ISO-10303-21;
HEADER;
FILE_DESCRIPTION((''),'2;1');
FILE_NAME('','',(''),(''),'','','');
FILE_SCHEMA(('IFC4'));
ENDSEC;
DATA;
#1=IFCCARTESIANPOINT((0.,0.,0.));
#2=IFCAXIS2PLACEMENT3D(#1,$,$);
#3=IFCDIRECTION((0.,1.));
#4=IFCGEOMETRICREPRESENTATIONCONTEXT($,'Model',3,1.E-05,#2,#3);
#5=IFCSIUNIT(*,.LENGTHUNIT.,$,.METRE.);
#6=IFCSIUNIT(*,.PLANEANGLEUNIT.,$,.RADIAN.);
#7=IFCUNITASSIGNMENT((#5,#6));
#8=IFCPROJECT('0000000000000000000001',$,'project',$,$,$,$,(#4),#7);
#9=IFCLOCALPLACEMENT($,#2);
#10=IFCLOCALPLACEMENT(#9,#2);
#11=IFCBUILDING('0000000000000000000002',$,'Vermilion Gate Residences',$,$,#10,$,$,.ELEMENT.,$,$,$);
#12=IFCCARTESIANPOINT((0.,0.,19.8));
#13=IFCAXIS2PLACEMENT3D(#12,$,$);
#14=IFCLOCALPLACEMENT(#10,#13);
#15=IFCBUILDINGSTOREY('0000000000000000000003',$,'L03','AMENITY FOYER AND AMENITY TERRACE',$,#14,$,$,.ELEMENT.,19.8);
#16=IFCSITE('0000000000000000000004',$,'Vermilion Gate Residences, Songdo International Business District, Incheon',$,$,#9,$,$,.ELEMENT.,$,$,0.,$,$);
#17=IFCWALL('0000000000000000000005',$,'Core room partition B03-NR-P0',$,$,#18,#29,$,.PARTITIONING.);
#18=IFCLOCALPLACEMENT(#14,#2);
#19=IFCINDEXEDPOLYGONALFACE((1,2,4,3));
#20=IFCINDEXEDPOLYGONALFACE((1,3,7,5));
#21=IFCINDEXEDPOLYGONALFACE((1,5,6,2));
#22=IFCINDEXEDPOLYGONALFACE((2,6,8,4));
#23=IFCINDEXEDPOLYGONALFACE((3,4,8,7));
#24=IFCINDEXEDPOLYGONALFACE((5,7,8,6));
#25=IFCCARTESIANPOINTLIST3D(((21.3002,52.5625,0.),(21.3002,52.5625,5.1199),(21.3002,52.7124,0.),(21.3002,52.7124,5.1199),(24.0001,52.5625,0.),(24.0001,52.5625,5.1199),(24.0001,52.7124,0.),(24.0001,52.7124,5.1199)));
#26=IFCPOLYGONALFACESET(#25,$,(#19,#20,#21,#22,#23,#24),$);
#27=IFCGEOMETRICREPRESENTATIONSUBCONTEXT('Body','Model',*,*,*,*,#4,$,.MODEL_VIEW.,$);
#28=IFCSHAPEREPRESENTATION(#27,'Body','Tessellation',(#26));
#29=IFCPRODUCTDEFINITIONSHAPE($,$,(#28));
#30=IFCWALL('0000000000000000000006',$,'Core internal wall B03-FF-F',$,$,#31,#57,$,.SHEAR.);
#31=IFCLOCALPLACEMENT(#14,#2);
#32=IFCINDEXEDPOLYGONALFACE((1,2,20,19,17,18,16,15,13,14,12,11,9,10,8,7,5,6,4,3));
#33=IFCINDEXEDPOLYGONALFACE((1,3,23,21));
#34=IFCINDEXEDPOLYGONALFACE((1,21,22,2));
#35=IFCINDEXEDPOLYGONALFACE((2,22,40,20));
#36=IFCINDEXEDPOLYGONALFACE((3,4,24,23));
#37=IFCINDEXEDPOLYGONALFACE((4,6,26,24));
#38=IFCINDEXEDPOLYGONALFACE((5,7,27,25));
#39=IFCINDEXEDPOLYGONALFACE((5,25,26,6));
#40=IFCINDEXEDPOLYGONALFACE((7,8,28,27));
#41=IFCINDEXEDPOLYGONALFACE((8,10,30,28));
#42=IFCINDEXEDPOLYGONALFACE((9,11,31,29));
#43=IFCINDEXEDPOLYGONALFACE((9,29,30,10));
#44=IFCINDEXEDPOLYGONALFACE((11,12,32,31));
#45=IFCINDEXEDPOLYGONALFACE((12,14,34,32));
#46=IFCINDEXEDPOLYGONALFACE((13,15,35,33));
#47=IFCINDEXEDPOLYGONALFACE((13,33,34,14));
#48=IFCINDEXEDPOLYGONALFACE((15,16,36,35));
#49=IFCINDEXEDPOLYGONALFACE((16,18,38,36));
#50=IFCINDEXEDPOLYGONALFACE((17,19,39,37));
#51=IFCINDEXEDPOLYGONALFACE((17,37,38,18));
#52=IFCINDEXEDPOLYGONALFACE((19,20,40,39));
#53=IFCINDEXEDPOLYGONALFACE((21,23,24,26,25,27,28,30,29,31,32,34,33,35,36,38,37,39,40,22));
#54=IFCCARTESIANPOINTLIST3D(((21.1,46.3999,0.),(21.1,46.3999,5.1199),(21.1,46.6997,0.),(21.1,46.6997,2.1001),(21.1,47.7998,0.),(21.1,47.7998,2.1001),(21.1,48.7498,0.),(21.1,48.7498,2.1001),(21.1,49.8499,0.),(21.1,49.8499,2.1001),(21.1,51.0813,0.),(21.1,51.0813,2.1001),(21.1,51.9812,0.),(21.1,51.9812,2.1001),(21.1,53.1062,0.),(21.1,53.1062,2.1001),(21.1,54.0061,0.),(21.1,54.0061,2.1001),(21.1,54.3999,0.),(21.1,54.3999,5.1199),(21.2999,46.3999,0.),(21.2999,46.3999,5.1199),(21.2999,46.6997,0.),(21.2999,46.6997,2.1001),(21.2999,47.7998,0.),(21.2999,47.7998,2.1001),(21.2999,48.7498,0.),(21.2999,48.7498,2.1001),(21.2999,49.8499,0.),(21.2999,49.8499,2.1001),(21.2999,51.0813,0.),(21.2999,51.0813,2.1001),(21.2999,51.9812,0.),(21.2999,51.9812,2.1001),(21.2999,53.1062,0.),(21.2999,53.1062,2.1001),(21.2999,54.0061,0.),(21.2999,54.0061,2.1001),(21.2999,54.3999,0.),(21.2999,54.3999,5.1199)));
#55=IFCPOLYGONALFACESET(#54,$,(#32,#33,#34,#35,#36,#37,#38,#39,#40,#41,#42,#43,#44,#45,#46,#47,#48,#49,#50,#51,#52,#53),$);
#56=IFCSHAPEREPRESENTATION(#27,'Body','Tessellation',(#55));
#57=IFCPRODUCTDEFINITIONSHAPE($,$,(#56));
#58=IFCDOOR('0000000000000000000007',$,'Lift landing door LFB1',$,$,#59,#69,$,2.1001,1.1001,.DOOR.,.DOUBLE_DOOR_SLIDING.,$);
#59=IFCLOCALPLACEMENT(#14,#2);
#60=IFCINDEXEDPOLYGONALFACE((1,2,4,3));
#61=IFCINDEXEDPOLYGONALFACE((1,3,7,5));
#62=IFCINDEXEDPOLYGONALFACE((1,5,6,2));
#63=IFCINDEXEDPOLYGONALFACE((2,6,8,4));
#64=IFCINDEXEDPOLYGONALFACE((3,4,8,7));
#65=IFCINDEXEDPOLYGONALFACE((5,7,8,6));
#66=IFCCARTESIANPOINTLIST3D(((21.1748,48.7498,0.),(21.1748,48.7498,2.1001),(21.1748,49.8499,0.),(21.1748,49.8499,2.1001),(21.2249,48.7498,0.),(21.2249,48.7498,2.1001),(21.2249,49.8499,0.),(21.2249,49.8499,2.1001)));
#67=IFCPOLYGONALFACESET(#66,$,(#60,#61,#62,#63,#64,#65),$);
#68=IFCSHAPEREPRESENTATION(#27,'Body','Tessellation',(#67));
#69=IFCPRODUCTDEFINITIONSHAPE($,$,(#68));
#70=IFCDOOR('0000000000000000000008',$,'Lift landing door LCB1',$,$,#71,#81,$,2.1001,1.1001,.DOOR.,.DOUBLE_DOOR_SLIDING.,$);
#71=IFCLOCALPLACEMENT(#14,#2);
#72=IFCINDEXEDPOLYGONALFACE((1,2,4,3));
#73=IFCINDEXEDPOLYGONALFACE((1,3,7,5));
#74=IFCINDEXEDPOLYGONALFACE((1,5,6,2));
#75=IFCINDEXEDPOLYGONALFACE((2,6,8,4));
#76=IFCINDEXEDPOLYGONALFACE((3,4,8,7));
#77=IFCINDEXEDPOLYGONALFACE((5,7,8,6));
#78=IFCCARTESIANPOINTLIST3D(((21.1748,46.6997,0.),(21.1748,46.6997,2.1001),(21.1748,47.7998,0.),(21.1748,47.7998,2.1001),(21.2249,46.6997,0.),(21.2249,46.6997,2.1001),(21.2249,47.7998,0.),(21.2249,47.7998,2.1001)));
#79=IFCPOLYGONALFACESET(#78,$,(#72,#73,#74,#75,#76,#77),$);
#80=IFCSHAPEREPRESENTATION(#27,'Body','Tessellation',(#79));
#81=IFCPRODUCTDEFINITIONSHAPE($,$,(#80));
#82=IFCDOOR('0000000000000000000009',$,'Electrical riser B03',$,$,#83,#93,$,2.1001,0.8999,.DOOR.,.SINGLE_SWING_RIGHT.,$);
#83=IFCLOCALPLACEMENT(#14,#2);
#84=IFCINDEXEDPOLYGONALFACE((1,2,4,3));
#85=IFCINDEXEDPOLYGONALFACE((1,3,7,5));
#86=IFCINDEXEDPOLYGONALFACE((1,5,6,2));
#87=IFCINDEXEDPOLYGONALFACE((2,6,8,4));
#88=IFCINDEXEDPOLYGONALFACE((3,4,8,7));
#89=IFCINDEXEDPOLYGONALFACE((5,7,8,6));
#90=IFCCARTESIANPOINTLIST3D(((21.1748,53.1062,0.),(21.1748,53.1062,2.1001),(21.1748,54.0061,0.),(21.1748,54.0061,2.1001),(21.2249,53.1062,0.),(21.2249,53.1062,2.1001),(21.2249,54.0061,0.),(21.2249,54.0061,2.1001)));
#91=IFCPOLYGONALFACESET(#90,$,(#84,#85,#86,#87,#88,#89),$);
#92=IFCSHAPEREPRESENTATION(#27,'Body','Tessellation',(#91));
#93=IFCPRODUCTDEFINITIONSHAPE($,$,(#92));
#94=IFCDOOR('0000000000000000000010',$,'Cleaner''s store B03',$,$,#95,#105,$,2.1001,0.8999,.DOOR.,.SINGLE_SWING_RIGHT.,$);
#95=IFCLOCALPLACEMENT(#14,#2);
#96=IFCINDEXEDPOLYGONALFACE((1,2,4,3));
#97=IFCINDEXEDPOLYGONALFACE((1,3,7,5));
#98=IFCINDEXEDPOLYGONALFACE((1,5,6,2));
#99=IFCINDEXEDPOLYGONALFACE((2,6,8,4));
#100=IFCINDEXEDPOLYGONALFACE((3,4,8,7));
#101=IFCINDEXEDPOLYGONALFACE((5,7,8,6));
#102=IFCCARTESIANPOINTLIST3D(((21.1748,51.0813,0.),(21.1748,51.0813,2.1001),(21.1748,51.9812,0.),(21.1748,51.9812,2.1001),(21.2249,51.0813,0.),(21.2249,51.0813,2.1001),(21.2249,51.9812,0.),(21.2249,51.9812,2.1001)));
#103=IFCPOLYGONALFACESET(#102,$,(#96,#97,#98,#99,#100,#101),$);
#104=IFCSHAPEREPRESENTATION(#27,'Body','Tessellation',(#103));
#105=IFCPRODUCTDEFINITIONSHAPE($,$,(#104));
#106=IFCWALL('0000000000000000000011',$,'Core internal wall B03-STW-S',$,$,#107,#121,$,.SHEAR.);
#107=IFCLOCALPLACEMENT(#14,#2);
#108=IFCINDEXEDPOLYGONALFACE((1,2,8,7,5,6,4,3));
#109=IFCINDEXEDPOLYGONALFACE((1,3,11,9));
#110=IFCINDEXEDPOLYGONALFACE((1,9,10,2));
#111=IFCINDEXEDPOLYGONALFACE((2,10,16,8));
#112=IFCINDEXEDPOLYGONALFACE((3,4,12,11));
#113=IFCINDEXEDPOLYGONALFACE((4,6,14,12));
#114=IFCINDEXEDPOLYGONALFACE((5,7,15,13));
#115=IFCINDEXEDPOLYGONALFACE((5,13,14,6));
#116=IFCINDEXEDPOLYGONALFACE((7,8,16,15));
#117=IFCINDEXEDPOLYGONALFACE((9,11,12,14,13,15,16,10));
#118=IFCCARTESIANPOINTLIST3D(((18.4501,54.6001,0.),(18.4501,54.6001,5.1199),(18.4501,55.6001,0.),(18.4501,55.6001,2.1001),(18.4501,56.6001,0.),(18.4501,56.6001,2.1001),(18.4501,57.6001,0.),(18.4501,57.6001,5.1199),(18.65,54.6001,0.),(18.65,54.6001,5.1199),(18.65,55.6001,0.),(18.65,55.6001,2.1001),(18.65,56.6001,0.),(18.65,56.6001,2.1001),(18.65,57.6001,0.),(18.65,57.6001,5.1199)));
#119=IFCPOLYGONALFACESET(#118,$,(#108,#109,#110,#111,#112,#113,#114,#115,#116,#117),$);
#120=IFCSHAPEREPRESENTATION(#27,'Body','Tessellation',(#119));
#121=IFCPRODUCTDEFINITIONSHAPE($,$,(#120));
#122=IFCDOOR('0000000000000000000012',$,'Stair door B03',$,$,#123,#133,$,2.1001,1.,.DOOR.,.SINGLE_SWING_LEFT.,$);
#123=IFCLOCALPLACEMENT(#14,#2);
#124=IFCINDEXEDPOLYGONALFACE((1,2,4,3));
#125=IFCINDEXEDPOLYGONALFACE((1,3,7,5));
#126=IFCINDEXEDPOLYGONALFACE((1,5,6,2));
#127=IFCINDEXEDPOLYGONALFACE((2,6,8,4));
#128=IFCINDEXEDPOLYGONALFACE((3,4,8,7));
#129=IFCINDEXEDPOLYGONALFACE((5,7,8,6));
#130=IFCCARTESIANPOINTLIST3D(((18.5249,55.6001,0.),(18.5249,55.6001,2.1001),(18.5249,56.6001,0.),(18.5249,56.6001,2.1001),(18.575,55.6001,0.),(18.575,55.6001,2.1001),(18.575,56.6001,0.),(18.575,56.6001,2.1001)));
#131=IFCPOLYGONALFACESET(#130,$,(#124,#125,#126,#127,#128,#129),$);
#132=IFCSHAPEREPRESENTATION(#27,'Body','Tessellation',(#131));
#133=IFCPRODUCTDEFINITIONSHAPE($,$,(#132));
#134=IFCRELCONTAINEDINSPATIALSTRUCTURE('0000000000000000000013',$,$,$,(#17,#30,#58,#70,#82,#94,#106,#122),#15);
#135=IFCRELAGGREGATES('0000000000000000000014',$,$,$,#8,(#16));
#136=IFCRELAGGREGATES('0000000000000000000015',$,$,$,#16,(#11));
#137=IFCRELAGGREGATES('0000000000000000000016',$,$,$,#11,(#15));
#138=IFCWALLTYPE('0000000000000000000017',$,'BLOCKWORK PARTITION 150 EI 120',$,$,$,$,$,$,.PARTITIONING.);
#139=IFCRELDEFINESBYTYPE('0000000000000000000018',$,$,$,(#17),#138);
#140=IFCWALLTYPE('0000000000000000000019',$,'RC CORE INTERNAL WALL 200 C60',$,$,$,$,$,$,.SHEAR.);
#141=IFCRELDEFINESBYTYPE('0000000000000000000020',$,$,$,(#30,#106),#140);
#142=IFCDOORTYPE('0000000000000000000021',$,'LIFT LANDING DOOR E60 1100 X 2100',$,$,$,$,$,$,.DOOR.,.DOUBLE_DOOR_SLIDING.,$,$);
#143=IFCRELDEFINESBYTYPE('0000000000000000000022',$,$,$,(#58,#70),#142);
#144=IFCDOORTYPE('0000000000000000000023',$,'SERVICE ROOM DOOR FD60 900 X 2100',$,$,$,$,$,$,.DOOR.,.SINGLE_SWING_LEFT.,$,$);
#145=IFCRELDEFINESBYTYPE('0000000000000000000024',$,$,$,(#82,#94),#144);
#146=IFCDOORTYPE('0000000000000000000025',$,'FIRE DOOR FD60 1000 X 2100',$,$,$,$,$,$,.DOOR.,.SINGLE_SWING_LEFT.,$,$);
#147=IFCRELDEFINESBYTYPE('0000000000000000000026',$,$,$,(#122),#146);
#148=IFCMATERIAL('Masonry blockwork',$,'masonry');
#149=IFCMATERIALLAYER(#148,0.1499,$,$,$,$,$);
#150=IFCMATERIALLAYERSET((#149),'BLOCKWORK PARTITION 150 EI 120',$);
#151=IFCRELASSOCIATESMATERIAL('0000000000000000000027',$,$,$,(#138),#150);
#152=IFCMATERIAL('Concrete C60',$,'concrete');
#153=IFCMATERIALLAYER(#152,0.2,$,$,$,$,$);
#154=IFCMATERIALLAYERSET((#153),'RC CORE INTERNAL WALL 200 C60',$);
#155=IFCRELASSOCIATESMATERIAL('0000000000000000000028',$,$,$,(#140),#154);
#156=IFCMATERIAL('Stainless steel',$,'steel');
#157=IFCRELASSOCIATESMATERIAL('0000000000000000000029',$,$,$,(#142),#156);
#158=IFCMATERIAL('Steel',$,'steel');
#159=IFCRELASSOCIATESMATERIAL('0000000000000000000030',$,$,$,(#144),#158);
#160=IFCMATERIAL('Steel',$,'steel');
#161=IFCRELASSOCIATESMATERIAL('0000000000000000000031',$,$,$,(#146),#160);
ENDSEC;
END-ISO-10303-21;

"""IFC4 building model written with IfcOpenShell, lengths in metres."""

from ifc_helpers import new_model, si_unit, direction, frame, frame_2d, origin, place, context, subcontext, project, spatial, rectangle, extrude, material, layer, layer_set, type_object, element, fill, save


model = new_model("IFC4")

# Units and contexts
model_context = context("Model", 3, precision=1e-05, world=origin(), true_north=direction((0.0, 1.0)))
body_context = subcontext(model_context, "Body", "Model", "MODEL_VIEW")
ifc_project = project(units=[si_unit("LENGTHUNIT", "METRE"), si_unit("PLANEANGLEUNIT", "RADIAN")], contexts=[model_context])

# Site, building, storey
site_placement = place(None, origin())
site = spatial("IfcSite", under=ifc_project, at=site_placement, Name="Vermilion Gate Residences, Songdo International Business District, Incheon", CompositionType="ELEMENT", RefElevation=0.0)
building_placement = place(site_placement, origin())
building = spatial("IfcBuilding", under=site, at=building_placement, Name="Vermilion Gate Residences", CompositionType="ELEMENT")
storey_placement = place(building_placement, frame((0.0, 0.0, 19.8)))
storey = spatial("IfcBuildingStorey", under=building, at=storey_placement, Name="L03", Description="AMENITY FOYER AND AMENITY TERRACE", CompositionType="ELEMENT", Elevation=19.8)

# Wall
ifc_material_1 = material(Name="Masonry blockwork", Category="masonry")
ifc_layer_1 = layer(ifc_material_1, 0.1499)
ifc_layer_set_1 = layer_set([ifc_layer_1], Name="BLOCKWORK PARTITION 150 EI 120")
wall_type_1 = type_object("IfcWallType", Name="BLOCKWORK PARTITION 150 EI 120", PredefinedType="PARTITIONING", material=ifc_layer_set_1)
wall_1_placement = place(storey_placement, frame((21.3, 52.6375, 0.0), z_axis=(0.0, 0.0, 1.0), x_axis=(1.0, 0.0, 0.0)))
element("IfcWall", 1, at=wall_1_placement, inside=storey, type_object=wall_type_1, Name="Core room partition B03-NR-P0", PredefinedType="PARTITIONING", context=body_context, shape_type="SweptSolid", body=[
    extrude(rectangle(XDim=2.7, YDim=0.1499, at=frame_2d((1.3501, 0.0))), origin(), (0.0, 0.0, 1.0), 5.1199),
])

# Wall, openings, doors
ifc_material_2 = material(Name="Concrete C60", Category="concrete")
ifc_layer_2 = layer(ifc_material_2, 0.2)
ifc_layer_set_2 = layer_set([ifc_layer_2], Name="RC CORE INTERNAL WALL 200 C60")
wall_type_2 = type_object("IfcWallType", Name="RC CORE INTERNAL WALL 200 C60", PredefinedType="SHEAR", material=ifc_layer_set_2)
wall_2_placement = place(storey_placement, frame((21.2, 54.3999, 0.0), z_axis=(0.0, 0.0, 1.0), x_axis=(0.0, -1.0, 0.0)))
wall_2 = element("IfcWall", 2, at=wall_2_placement, inside=storey, type_object=wall_type_2, Name="Core internal wall B03-FF-F", PredefinedType="SHEAR", context=body_context, shape_type="SweptSolid", body=[
    extrude(rectangle(XDim=8.0, YDim=0.2, at=frame_2d((4.0, 0.0))), origin(), (0.0, 0.0, 1.0), 5.1199),
])
opening_1_placement = place(wall_2_placement, frame((0.3938, 0.0, 0.0)))
opening_1 = element("IfcOpeningElement", 3, at=opening_1_placement, cuts=wall_2, PredefinedType="OPENING", context=body_context, shape_type="SweptSolid", body=[
    extrude(rectangle(XDim=0.8999, YDim=2.1001, at=frame_2d((0.45, 1.05))), frame((0.0, 0.1099, 0.0), z_axis=(0.0, -1.0, 0.0), x_axis=(1.0, 0.0, 0.0)), (0.0, 0.0, 1.0), 0.22),
])
opening_2_placement = place(wall_2_placement, frame((2.4187, 0.0, 0.0)))
opening_2 = element("IfcOpeningElement", 4, at=opening_2_placement, cuts=wall_2, PredefinedType="OPENING", context=body_context, shape_type="SweptSolid", body=[
    extrude(rectangle(XDim=0.8999, YDim=2.1001, at=frame_2d((0.45, 1.05))), frame((0.0, 0.1099, 0.0), z_axis=(0.0, -1.0, 0.0), x_axis=(1.0, 0.0, 0.0)), (0.0, 0.0, 1.0), 0.22),
])
opening_3_placement = place(wall_2_placement, frame((4.55, 0.0, 0.0)))
opening_3 = element("IfcOpeningElement", 5, at=opening_3_placement, cuts=wall_2, PredefinedType="OPENING", context=body_context, shape_type="SweptSolid", body=[
    extrude(rectangle(XDim=1.1001, YDim=2.1001, at=frame_2d((0.55, 1.05))), frame((0.0, 0.1099, 0.0), z_axis=(0.0, -1.0, 0.0), x_axis=(1.0, 0.0, 0.0)), (0.0, 0.0, 1.0), 0.22),
])
opening_4_placement = place(wall_2_placement, frame((6.6001, 0.0, 0.0)))
opening_4 = element("IfcOpeningElement", 6, at=opening_4_placement, cuts=wall_2, PredefinedType="OPENING", context=body_context, shape_type="SweptSolid", body=[
    extrude(rectangle(XDim=1.1001, YDim=2.1001, at=frame_2d((0.55, 1.05))), frame((0.0, 0.1099, 0.0), z_axis=(0.0, -1.0, 0.0), x_axis=(1.0, 0.0, 0.0)), (0.0, 0.0, 1.0), 0.22),
])
ifc_material_3 = material(Name="Stainless steel", Category="steel")
door_type_1 = type_object("IfcDoorType", Name="LIFT LANDING DOOR E60 1100 X 2100", OperationType="DOUBLE_DOOR_SLIDING", PredefinedType="DOOR", material=ifc_material_3)
door_1_placement = place(opening_3_placement, origin())
door_1 = element("IfcDoor", 7, at=door_1_placement, inside=storey, type_object=door_type_1, Name="Lift landing door LFB1", OperationType="DOUBLE_DOOR_SLIDING", OverallHeight=2.1001, OverallWidth=1.1001, PredefinedType="DOOR", context=body_context, shape_type="SweptSolid", body=[
    extrude(rectangle(XDim=1.1001, YDim=2.1001, at=frame_2d((0.55, 1.05))), frame((0.0, 0.0249, 0.0), z_axis=(0.0, -1.0, 0.0), x_axis=(1.0, 0.0, 0.0)), (0.0, 0.0, 1.0), 0.05),
])
fill(opening_3, door_1)
door_2_placement = place(opening_4_placement, origin())
door_2 = element("IfcDoor", 8, at=door_2_placement, inside=storey, type_object=door_type_1, Name="Lift landing door LCB1", OperationType="DOUBLE_DOOR_SLIDING", OverallHeight=2.1001, OverallWidth=1.1001, PredefinedType="DOOR", context=body_context, shape_type="SweptSolid", body=[
    extrude(rectangle(XDim=1.1001, YDim=2.1001, at=frame_2d((0.55, 1.05))), frame((0.0, 0.0249, 0.0), z_axis=(0.0, -1.0, 0.0), x_axis=(1.0, 0.0, 0.0)), (0.0, 0.0, 1.0), 0.05),
])
fill(opening_4, door_2)
ifc_material_4 = material(Name="Steel", Category="steel")
door_type_2 = type_object("IfcDoorType", Name="SERVICE ROOM DOOR FD60 900 X 2100", OperationType="SINGLE_SWING_LEFT", PredefinedType="DOOR", material=ifc_material_4)
door_3_placement = place(opening_1_placement, origin())
door_3 = element("IfcDoor", 9, at=door_3_placement, inside=storey, type_object=door_type_2, Name="Electrical riser B03", OperationType="SINGLE_SWING_RIGHT", OverallHeight=2.1001, OverallWidth=0.8999, PredefinedType="DOOR", context=body_context, shape_type="SweptSolid", body=[
    extrude(rectangle(XDim=0.8999, YDim=2.1001, at=frame_2d((0.45, 1.05))), frame((0.0, 0.0249, 0.0), z_axis=(0.0, -1.0, 0.0), x_axis=(1.0, 0.0, 0.0)), (0.0, 0.0, 1.0), 0.05),
])
fill(opening_1, door_3)
door_4_placement = place(opening_2_placement, origin())
door_4 = element("IfcDoor", 10, at=door_4_placement, inside=storey, type_object=door_type_2, Name="Cleaner's store B03", OperationType="SINGLE_SWING_RIGHT", OverallHeight=2.1001, OverallWidth=0.8999, PredefinedType="DOOR", context=body_context, shape_type="SweptSolid", body=[
    extrude(rectangle(XDim=0.8999, YDim=2.1001, at=frame_2d((0.45, 1.05))), frame((0.0, 0.0249, 0.0), z_axis=(0.0, -1.0, 0.0), x_axis=(1.0, 0.0, 0.0)), (0.0, 0.0, 1.0), 0.05),
])
fill(opening_2, door_4)

# Wall, opening, door
wall_3_placement = place(storey_placement, frame((18.55, 57.6001, 0.0), z_axis=(0.0, 0.0, 1.0), x_axis=(0.0, -1.0, 0.0)))
wall_3 = element("IfcWall", 11, at=wall_3_placement, inside=storey, type_object=wall_type_2, Name="Core internal wall B03-STW-S", PredefinedType="SHEAR", context=body_context, shape_type="SweptSolid", body=[
    extrude(rectangle(XDim=3.0, YDim=0.2, at=frame_2d((1.5, 0.0))), origin(), (0.0, 0.0, 1.0), 5.1199),
])
opening_5_placement = place(wall_3_placement, frame((1.0, 0.0, 0.0)))
opening_5 = element("IfcOpeningElement", 12, at=opening_5_placement, cuts=wall_3, PredefinedType="OPENING", context=body_context, shape_type="SweptSolid", body=[
    extrude(rectangle(XDim=1.0, YDim=2.1001, at=frame_2d((0.5, 1.05))), frame((0.0, 0.1099, 0.0), z_axis=(0.0, -1.0, 0.0), x_axis=(1.0, 0.0, 0.0)), (0.0, 0.0, 1.0), 0.22),
])
ifc_material_5 = material(Name="Steel", Category="steel")
door_type_3 = type_object("IfcDoorType", Name="FIRE DOOR FD60 1000 X 2100", OperationType="SINGLE_SWING_LEFT", PredefinedType="DOOR", material=ifc_material_5)
door_5_placement = place(opening_5_placement, origin())
door_5 = element("IfcDoor", 13, at=door_5_placement, inside=storey, type_object=door_type_3, Name="Stair door B03", OperationType="SINGLE_SWING_LEFT", OverallHeight=2.1001, OverallWidth=1.0, PredefinedType="DOOR", context=body_context, shape_type="SweptSolid", body=[
    extrude(rectangle(XDim=1.0, YDim=2.1001, at=frame_2d((0.5, 1.05))), frame((0.0, 0.0249, 0.0), z_axis=(0.0, -1.0, 0.0), x_axis=(1.0, 0.0, 0.0)), (0.0, 0.0, 1.0), 0.05),
])
fill(opening_5, door_5)

save(model, "model.ifc")
